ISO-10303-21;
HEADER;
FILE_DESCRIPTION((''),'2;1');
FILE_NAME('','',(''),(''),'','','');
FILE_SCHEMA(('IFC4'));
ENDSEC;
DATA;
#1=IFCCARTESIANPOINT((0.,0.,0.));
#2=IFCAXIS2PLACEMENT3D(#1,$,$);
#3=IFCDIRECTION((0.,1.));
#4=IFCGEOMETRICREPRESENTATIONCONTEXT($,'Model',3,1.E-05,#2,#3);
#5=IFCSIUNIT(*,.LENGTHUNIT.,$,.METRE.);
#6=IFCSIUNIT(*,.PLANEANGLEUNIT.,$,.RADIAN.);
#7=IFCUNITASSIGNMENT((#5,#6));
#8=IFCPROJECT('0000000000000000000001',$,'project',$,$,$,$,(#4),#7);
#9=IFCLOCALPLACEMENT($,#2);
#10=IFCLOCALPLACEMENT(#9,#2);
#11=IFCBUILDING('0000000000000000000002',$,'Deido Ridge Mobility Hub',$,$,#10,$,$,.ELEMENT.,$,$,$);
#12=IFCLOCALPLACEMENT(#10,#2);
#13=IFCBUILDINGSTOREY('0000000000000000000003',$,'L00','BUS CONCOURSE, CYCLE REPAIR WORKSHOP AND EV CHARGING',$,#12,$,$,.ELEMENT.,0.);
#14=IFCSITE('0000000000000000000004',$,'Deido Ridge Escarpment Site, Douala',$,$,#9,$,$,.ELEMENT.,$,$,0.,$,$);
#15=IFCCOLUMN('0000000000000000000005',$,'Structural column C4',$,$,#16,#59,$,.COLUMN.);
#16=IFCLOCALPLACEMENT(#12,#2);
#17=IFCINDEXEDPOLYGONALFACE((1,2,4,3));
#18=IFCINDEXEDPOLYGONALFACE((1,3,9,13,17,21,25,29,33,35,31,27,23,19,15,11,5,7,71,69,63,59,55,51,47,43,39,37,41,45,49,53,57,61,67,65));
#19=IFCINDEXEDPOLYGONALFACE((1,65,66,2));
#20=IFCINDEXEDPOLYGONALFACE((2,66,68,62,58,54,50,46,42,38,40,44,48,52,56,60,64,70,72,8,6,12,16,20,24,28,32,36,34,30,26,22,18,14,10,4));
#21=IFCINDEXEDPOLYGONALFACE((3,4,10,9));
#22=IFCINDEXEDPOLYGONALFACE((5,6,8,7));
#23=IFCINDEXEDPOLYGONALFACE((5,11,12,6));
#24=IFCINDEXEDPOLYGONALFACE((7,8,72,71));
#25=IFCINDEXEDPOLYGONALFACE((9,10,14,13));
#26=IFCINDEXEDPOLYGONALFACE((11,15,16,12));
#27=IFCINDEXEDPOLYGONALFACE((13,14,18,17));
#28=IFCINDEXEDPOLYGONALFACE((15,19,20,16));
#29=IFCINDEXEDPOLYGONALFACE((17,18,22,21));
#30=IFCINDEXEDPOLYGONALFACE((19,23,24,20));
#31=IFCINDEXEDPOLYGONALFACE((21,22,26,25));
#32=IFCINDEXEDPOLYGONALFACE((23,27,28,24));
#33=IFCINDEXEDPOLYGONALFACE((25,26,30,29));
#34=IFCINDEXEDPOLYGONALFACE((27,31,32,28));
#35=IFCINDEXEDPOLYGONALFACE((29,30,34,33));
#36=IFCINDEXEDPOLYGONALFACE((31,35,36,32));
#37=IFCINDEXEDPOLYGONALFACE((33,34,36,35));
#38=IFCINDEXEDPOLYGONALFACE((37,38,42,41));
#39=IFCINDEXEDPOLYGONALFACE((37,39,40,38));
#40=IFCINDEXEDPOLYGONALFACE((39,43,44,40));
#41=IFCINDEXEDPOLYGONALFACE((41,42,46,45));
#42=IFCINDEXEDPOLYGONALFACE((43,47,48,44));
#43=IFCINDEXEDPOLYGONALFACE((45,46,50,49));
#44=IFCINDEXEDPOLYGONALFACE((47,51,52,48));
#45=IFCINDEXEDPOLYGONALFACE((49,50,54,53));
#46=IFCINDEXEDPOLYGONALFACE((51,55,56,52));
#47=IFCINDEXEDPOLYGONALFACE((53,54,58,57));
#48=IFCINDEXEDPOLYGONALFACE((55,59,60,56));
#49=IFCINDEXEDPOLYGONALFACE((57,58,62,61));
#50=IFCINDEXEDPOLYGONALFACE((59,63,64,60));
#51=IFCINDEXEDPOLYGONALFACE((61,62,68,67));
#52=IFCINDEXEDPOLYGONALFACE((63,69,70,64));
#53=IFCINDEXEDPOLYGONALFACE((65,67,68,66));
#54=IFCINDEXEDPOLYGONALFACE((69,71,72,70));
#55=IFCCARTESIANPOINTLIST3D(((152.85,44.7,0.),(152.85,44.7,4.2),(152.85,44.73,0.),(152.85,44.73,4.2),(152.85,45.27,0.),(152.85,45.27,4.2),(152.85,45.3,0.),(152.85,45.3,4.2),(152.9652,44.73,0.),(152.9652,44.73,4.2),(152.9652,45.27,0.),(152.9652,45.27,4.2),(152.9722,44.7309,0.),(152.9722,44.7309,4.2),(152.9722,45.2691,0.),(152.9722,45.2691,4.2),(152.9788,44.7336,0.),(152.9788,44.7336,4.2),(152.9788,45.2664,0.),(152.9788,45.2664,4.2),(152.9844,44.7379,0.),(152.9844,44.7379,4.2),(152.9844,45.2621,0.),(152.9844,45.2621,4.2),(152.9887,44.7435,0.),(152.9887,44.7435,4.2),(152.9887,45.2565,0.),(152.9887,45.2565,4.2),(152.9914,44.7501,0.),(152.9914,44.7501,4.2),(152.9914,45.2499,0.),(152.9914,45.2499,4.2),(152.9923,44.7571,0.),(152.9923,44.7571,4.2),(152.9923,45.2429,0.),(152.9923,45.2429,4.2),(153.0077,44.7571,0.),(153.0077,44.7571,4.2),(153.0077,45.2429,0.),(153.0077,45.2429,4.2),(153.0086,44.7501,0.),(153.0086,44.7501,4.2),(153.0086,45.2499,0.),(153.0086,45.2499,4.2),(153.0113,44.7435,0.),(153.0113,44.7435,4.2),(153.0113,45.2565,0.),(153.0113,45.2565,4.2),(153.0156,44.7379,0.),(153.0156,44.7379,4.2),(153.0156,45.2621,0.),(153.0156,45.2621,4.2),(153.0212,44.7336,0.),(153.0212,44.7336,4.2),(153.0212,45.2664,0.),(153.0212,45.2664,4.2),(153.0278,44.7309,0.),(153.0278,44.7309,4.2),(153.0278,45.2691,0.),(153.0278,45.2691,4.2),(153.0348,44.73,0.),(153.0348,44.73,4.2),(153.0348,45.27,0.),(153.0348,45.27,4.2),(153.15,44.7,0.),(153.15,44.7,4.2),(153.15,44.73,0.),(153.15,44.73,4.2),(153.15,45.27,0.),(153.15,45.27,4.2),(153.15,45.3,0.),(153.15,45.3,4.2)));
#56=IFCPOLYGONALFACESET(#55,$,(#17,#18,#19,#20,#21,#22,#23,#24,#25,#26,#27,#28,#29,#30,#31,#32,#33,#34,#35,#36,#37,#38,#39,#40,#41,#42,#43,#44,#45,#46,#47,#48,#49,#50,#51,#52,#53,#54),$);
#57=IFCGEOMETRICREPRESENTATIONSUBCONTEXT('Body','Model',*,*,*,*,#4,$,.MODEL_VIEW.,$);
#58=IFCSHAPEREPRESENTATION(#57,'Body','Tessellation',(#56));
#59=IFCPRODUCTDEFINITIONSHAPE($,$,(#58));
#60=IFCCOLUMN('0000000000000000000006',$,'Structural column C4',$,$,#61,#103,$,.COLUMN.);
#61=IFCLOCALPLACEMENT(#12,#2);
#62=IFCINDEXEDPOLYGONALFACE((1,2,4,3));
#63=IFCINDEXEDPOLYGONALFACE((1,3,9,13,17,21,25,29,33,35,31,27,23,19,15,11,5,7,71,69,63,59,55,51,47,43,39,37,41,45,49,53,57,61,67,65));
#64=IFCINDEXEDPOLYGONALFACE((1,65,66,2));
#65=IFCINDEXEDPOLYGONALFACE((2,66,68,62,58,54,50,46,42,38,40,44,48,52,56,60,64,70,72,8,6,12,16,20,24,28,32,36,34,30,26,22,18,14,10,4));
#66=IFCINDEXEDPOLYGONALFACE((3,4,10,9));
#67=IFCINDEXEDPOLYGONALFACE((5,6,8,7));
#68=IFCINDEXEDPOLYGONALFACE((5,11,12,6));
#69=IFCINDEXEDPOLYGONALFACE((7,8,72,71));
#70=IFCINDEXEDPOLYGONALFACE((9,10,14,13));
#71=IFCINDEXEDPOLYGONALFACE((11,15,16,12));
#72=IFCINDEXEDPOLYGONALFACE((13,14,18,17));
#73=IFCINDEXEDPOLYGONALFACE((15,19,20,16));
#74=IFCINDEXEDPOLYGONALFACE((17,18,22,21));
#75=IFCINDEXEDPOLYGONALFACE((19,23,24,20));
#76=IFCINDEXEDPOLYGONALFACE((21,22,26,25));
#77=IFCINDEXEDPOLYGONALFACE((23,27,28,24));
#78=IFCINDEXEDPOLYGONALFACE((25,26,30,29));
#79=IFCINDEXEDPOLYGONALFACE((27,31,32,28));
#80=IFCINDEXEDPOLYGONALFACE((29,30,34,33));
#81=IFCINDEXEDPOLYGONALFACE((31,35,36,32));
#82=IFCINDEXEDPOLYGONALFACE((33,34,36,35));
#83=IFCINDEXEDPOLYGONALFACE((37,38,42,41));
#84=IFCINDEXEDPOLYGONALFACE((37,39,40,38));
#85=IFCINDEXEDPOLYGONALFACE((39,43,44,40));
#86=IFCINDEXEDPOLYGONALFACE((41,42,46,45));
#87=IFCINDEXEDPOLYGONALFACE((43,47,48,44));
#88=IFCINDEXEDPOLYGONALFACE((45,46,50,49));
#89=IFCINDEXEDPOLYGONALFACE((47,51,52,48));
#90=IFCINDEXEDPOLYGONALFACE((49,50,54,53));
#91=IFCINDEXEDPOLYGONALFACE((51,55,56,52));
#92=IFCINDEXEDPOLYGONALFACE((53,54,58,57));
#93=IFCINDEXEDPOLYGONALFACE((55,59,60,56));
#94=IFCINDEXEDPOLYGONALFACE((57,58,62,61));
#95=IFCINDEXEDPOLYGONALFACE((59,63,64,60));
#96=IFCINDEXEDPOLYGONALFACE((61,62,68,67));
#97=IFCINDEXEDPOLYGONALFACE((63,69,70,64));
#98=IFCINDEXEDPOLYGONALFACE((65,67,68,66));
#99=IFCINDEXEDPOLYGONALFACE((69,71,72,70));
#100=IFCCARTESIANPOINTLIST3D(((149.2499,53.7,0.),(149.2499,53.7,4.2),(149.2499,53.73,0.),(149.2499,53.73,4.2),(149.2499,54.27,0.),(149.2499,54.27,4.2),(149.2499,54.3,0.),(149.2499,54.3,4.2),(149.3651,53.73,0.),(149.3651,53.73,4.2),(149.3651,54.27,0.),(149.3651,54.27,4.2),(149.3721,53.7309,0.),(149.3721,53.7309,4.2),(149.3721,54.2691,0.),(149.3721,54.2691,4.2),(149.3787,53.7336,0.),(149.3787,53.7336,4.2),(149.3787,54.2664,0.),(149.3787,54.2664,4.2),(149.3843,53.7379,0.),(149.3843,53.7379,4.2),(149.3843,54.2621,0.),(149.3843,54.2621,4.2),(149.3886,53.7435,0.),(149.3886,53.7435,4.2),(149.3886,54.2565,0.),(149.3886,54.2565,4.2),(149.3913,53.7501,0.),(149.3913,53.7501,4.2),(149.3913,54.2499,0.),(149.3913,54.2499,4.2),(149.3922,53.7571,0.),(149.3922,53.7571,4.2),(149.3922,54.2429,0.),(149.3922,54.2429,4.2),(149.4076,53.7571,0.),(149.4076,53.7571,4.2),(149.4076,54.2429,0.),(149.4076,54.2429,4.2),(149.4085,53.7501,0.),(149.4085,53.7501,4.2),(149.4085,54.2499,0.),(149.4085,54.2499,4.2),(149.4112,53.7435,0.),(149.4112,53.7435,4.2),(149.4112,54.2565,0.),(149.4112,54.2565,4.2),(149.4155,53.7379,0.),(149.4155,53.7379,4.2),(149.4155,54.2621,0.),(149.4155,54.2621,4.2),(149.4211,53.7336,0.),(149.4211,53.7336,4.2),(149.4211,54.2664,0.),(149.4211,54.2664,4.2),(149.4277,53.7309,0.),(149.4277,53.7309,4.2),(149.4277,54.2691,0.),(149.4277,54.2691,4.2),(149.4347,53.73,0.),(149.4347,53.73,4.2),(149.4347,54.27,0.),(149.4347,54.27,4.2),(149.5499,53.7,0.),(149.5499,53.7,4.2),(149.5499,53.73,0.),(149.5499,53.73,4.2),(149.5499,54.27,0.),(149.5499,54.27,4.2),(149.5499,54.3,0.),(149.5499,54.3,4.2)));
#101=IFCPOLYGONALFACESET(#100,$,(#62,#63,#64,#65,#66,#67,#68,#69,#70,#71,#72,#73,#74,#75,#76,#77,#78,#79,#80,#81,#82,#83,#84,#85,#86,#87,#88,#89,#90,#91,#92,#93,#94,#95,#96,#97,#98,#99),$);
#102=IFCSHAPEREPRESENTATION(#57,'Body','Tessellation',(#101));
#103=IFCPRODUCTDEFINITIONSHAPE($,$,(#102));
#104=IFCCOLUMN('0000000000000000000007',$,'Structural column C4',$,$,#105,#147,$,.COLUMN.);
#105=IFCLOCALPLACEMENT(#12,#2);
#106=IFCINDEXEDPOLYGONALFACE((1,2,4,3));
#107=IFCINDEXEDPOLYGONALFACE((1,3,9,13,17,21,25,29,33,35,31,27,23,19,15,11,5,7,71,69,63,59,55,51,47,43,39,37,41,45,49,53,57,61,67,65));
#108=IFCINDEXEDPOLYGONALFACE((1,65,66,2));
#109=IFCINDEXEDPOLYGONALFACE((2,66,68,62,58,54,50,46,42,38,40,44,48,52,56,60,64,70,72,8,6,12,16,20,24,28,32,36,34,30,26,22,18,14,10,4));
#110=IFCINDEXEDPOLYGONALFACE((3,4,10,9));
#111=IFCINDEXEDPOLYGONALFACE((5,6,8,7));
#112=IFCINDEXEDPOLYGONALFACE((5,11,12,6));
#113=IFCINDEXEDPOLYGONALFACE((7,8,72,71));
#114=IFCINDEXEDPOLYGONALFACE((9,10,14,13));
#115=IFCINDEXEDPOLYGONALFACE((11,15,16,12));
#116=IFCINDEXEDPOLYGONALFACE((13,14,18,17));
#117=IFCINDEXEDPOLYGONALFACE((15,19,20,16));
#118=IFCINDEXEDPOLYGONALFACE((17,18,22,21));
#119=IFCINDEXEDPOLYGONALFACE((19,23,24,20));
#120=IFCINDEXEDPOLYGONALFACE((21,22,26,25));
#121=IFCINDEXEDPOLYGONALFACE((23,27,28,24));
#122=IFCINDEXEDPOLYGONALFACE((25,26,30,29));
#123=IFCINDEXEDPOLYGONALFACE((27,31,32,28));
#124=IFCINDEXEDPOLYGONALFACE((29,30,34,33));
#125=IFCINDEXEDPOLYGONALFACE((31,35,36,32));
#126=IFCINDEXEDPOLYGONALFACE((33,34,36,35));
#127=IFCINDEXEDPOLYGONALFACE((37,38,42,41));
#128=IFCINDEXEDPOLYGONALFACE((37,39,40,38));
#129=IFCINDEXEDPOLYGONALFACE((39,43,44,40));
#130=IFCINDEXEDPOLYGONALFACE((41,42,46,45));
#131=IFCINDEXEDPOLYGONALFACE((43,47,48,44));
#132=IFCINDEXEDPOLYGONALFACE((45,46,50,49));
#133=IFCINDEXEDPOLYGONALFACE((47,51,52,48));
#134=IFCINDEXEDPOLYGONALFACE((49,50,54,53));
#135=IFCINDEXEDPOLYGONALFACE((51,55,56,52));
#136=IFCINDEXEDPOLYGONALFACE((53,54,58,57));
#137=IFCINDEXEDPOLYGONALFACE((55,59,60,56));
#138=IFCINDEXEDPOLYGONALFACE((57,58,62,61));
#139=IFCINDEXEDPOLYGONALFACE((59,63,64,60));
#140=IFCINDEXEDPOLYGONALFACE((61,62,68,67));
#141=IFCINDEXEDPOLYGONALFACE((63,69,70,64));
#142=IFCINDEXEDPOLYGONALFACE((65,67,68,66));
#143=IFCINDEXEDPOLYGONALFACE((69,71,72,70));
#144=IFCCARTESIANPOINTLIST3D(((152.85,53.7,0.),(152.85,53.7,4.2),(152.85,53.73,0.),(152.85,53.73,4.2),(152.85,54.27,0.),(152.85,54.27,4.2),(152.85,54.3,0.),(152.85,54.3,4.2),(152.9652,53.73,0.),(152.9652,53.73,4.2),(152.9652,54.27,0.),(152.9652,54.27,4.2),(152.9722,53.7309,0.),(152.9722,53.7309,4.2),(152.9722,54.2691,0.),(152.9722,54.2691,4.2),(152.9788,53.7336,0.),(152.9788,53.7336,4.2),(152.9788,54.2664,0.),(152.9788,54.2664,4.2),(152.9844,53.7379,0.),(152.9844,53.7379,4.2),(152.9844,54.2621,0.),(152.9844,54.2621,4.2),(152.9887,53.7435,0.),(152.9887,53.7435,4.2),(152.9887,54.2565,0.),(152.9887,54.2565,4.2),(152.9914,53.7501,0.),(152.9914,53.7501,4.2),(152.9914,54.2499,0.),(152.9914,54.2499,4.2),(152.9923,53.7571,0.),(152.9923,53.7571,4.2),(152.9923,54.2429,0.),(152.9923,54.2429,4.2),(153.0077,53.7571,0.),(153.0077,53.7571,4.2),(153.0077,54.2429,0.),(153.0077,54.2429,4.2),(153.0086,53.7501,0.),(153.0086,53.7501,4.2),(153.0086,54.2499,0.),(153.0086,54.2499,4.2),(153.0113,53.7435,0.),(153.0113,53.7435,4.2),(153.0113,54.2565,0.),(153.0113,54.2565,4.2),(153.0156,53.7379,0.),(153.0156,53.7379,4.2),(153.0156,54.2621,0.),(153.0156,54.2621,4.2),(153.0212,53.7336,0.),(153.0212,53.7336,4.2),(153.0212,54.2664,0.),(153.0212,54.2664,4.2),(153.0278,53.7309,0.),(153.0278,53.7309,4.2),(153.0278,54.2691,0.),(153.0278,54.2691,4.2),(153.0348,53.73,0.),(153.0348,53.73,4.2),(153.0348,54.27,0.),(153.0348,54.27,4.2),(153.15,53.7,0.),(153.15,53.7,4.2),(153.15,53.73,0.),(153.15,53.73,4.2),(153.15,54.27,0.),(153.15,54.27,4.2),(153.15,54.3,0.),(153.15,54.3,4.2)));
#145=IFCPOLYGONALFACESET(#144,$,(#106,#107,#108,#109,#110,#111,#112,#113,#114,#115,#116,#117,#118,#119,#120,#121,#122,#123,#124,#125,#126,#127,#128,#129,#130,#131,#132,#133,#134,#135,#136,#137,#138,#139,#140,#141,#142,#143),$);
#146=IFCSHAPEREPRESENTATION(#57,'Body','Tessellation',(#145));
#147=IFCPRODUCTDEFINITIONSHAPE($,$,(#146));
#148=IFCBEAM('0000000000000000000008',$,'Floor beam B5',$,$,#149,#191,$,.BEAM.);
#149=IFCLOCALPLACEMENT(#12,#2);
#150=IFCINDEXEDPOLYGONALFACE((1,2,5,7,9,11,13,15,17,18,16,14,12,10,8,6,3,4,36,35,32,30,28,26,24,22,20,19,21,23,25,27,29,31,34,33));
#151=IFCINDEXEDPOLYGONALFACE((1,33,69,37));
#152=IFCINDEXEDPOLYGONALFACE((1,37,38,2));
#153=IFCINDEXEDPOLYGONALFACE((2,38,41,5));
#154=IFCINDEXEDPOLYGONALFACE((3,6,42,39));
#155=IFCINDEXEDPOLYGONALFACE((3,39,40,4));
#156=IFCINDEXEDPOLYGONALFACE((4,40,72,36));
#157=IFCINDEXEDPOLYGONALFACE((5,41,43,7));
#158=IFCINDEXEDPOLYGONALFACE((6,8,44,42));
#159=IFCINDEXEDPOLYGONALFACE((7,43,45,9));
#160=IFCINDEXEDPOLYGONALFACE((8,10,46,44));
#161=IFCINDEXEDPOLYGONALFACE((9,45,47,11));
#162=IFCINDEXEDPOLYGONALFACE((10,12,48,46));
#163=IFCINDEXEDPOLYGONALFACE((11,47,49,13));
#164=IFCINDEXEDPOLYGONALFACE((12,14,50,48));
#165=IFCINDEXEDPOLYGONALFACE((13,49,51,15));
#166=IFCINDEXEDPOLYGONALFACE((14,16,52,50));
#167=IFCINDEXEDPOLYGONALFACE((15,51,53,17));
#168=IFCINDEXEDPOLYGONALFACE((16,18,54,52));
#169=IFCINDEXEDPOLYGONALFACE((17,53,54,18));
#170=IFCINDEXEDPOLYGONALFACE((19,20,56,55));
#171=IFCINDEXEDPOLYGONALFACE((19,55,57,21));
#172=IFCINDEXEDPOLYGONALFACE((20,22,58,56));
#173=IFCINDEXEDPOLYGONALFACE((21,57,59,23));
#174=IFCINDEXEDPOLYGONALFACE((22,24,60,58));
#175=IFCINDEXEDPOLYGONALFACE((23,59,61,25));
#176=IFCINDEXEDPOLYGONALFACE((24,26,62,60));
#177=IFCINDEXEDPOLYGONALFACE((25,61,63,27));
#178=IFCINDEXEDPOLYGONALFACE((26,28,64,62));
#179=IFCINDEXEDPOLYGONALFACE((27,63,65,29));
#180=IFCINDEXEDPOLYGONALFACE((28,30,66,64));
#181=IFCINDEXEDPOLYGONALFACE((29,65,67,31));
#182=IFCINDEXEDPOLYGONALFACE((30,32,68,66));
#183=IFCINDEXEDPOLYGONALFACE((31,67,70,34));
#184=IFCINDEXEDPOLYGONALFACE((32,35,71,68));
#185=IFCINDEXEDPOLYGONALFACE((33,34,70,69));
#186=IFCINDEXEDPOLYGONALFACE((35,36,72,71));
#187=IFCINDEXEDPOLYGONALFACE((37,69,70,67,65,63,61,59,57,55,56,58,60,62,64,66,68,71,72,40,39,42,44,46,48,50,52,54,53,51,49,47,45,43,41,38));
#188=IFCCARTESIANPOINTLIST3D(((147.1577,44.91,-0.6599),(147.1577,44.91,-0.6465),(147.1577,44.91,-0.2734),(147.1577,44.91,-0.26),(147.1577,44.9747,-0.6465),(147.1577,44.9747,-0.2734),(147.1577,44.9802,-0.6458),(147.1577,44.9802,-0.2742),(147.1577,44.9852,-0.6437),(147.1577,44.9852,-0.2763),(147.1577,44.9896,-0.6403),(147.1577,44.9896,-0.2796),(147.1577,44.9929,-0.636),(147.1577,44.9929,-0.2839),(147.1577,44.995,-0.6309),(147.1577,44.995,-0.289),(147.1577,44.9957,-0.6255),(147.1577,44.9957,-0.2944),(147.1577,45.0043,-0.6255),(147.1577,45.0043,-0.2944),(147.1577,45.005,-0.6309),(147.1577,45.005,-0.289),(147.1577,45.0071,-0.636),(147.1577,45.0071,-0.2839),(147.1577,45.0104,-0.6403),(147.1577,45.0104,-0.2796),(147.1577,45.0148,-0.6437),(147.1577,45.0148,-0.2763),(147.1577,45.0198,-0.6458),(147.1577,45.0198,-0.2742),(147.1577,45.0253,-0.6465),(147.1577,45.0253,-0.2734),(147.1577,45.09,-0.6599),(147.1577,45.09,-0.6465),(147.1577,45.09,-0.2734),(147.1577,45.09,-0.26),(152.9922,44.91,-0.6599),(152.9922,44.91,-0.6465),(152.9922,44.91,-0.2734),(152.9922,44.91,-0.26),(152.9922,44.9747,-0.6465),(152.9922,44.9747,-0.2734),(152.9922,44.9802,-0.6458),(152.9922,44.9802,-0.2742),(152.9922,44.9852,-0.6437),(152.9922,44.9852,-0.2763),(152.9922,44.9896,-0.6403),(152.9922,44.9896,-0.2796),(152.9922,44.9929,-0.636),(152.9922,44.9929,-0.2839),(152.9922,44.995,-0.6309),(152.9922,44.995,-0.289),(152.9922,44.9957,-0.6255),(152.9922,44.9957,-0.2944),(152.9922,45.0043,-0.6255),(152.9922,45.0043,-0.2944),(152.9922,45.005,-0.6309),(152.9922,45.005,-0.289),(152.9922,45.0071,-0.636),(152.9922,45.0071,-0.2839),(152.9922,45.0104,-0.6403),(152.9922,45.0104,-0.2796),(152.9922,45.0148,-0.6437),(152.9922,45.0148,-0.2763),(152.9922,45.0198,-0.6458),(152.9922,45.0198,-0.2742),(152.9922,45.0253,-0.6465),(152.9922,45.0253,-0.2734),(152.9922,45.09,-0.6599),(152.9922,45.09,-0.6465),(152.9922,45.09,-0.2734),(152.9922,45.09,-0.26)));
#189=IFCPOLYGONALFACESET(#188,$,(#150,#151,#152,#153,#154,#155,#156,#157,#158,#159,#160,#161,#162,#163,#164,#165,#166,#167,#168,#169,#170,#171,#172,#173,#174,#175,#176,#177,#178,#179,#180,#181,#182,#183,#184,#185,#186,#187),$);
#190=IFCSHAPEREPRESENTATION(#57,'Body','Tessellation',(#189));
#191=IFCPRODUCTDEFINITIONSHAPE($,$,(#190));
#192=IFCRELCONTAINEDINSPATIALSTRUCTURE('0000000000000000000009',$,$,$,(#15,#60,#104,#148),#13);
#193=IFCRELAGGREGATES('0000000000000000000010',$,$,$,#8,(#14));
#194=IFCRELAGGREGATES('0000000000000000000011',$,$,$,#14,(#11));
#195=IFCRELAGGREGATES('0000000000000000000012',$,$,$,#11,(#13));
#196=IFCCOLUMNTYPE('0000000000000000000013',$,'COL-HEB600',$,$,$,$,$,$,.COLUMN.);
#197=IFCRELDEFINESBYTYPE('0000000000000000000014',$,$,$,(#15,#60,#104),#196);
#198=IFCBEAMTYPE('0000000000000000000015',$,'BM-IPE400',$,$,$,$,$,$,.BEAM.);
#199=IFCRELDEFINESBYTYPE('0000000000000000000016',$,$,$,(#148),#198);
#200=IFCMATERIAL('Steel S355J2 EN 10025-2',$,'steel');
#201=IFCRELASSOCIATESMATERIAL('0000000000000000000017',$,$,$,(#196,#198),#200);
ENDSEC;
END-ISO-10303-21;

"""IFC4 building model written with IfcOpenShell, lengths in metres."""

from ifc_helpers import new_model, si_unit, direction, frame, origin, origin_2d, place, context, subcontext, project, spatial, i_section, extrude, material, material_profile, profile_set, type_object, element, save


model = new_model("IFC4")

# Units and contexts
model_context = context("Model", 3, precision=1e-05, world=origin(), true_north=direction((0.0, 1.0)))
body_context = subcontext(model_context, "Body", "Model", "MODEL_VIEW")
ifc_project = project(units=[si_unit("LENGTHUNIT", "METRE"), si_unit("PLANEANGLEUNIT", "RADIAN")], contexts=[model_context])

# Site, building, storey
site_placement = place(None, origin())
site = spatial("IfcSite", under=ifc_project, at=site_placement, Name="Deido Ridge Escarpment Site, Douala", CompositionType="ELEMENT", RefElevation=0.0)
building_placement = place(site_placement, origin())
building = spatial("IfcBuilding", under=site, at=building_placement, Name="Deido Ridge Mobility Hub", CompositionType="ELEMENT")
storey_placement = place(building_placement, origin())
storey = spatial("IfcBuildingStorey", under=building, at=storey_placement, Name="L00", Description="BUS CONCOURSE, CYCLE REPAIR WORKSHOP AND EV CHARGING", CompositionType="ELEMENT", Elevation=0.0)

# Columns
ifc_material = material(Name="Steel S355J2 EN 10025-2", Category="steel")
ifc_material_profile_1 = material_profile(ifc_material, i_section(OverallWidth=0.3, OverallDepth=0.6001, WebThickness=0.0154, FlangeThickness=0.03, FilletRadius=0.0271, at=origin_2d()), Name="HEB 600")
ifc_profile_set_1 = profile_set([ifc_material_profile_1], Name="Steel S355J2 EN 10025-2")
column_type_1 = type_object("IfcColumnType", Name="COL-HEB600", PredefinedType="COLUMN", material=ifc_profile_set_1)
for number, where, z_axis, x_axis, name in (
    (1, (153.0, 45.0, 0.0), (0.0, 0.0, 1.0), (1.0, 0.0, 0.0), "Structural column C4"),
    (2, (149.3999, 54.0, 0.0), (0.0, 0.0, 1.0), (1.0, 0.0, 0.0), "Structural column C4"),
    (3, (153.0, 54.0, 0.0), (0.0, 0.0, 1.0), (1.0, 0.0, 0.0), "Structural column C4"),
):
    element("IfcColumn", number, at=place(storey_placement, frame(where, z_axis=z_axis, x_axis=x_axis)), inside=storey, type_object=column_type_1, Name=name, PredefinedType="COLUMN", context=body_context, shape_type="SweptSolid", body=[
        extrude(i_section(OverallWidth=0.3, OverallDepth=0.6001, WebThickness=0.0154, FlangeThickness=0.03, FilletRadius=0.0271, at=origin_2d()), origin(), (0.0, 0.0, 1.0), 4.2),
    ])

# Beam
ifc_material_profile_2 = material_profile(ifc_material, i_section(OverallWidth=0.1799, OverallDepth=0.3999, WebThickness=0.0085, FlangeThickness=0.0134, FilletRadius=0.021, at=origin_2d()), Name="IPE 400")
ifc_profile_set_2 = profile_set([ifc_material_profile_2], Name="Steel S355J2 EN 10025-2")
beam_type_1 = type_object("IfcBeamType", Name="BM-IPE400", PredefinedType="BEAM", material=ifc_profile_set_2)
beam_1_placement = place(storey_placement, frame((147.1577, 45.0, -0.46), z_axis=(1.0, 0.0, 0.0), x_axis=(0.0, 1.0, 0.0)))
element("IfcBeam", 4, at=beam_1_placement, inside=storey, type_object=beam_type_1, Name="Floor beam B5", PredefinedType="BEAM", context=body_context, shape_type="SweptSolid", body=[
    extrude(i_section(OverallWidth=0.1799, OverallDepth=0.3999, WebThickness=0.0085, FlangeThickness=0.0134, FilletRadius=0.021, at=origin_2d()), origin(), (0.0, 0.0, 1.0), 5.8345),
])

save(model, "model.ifc")
